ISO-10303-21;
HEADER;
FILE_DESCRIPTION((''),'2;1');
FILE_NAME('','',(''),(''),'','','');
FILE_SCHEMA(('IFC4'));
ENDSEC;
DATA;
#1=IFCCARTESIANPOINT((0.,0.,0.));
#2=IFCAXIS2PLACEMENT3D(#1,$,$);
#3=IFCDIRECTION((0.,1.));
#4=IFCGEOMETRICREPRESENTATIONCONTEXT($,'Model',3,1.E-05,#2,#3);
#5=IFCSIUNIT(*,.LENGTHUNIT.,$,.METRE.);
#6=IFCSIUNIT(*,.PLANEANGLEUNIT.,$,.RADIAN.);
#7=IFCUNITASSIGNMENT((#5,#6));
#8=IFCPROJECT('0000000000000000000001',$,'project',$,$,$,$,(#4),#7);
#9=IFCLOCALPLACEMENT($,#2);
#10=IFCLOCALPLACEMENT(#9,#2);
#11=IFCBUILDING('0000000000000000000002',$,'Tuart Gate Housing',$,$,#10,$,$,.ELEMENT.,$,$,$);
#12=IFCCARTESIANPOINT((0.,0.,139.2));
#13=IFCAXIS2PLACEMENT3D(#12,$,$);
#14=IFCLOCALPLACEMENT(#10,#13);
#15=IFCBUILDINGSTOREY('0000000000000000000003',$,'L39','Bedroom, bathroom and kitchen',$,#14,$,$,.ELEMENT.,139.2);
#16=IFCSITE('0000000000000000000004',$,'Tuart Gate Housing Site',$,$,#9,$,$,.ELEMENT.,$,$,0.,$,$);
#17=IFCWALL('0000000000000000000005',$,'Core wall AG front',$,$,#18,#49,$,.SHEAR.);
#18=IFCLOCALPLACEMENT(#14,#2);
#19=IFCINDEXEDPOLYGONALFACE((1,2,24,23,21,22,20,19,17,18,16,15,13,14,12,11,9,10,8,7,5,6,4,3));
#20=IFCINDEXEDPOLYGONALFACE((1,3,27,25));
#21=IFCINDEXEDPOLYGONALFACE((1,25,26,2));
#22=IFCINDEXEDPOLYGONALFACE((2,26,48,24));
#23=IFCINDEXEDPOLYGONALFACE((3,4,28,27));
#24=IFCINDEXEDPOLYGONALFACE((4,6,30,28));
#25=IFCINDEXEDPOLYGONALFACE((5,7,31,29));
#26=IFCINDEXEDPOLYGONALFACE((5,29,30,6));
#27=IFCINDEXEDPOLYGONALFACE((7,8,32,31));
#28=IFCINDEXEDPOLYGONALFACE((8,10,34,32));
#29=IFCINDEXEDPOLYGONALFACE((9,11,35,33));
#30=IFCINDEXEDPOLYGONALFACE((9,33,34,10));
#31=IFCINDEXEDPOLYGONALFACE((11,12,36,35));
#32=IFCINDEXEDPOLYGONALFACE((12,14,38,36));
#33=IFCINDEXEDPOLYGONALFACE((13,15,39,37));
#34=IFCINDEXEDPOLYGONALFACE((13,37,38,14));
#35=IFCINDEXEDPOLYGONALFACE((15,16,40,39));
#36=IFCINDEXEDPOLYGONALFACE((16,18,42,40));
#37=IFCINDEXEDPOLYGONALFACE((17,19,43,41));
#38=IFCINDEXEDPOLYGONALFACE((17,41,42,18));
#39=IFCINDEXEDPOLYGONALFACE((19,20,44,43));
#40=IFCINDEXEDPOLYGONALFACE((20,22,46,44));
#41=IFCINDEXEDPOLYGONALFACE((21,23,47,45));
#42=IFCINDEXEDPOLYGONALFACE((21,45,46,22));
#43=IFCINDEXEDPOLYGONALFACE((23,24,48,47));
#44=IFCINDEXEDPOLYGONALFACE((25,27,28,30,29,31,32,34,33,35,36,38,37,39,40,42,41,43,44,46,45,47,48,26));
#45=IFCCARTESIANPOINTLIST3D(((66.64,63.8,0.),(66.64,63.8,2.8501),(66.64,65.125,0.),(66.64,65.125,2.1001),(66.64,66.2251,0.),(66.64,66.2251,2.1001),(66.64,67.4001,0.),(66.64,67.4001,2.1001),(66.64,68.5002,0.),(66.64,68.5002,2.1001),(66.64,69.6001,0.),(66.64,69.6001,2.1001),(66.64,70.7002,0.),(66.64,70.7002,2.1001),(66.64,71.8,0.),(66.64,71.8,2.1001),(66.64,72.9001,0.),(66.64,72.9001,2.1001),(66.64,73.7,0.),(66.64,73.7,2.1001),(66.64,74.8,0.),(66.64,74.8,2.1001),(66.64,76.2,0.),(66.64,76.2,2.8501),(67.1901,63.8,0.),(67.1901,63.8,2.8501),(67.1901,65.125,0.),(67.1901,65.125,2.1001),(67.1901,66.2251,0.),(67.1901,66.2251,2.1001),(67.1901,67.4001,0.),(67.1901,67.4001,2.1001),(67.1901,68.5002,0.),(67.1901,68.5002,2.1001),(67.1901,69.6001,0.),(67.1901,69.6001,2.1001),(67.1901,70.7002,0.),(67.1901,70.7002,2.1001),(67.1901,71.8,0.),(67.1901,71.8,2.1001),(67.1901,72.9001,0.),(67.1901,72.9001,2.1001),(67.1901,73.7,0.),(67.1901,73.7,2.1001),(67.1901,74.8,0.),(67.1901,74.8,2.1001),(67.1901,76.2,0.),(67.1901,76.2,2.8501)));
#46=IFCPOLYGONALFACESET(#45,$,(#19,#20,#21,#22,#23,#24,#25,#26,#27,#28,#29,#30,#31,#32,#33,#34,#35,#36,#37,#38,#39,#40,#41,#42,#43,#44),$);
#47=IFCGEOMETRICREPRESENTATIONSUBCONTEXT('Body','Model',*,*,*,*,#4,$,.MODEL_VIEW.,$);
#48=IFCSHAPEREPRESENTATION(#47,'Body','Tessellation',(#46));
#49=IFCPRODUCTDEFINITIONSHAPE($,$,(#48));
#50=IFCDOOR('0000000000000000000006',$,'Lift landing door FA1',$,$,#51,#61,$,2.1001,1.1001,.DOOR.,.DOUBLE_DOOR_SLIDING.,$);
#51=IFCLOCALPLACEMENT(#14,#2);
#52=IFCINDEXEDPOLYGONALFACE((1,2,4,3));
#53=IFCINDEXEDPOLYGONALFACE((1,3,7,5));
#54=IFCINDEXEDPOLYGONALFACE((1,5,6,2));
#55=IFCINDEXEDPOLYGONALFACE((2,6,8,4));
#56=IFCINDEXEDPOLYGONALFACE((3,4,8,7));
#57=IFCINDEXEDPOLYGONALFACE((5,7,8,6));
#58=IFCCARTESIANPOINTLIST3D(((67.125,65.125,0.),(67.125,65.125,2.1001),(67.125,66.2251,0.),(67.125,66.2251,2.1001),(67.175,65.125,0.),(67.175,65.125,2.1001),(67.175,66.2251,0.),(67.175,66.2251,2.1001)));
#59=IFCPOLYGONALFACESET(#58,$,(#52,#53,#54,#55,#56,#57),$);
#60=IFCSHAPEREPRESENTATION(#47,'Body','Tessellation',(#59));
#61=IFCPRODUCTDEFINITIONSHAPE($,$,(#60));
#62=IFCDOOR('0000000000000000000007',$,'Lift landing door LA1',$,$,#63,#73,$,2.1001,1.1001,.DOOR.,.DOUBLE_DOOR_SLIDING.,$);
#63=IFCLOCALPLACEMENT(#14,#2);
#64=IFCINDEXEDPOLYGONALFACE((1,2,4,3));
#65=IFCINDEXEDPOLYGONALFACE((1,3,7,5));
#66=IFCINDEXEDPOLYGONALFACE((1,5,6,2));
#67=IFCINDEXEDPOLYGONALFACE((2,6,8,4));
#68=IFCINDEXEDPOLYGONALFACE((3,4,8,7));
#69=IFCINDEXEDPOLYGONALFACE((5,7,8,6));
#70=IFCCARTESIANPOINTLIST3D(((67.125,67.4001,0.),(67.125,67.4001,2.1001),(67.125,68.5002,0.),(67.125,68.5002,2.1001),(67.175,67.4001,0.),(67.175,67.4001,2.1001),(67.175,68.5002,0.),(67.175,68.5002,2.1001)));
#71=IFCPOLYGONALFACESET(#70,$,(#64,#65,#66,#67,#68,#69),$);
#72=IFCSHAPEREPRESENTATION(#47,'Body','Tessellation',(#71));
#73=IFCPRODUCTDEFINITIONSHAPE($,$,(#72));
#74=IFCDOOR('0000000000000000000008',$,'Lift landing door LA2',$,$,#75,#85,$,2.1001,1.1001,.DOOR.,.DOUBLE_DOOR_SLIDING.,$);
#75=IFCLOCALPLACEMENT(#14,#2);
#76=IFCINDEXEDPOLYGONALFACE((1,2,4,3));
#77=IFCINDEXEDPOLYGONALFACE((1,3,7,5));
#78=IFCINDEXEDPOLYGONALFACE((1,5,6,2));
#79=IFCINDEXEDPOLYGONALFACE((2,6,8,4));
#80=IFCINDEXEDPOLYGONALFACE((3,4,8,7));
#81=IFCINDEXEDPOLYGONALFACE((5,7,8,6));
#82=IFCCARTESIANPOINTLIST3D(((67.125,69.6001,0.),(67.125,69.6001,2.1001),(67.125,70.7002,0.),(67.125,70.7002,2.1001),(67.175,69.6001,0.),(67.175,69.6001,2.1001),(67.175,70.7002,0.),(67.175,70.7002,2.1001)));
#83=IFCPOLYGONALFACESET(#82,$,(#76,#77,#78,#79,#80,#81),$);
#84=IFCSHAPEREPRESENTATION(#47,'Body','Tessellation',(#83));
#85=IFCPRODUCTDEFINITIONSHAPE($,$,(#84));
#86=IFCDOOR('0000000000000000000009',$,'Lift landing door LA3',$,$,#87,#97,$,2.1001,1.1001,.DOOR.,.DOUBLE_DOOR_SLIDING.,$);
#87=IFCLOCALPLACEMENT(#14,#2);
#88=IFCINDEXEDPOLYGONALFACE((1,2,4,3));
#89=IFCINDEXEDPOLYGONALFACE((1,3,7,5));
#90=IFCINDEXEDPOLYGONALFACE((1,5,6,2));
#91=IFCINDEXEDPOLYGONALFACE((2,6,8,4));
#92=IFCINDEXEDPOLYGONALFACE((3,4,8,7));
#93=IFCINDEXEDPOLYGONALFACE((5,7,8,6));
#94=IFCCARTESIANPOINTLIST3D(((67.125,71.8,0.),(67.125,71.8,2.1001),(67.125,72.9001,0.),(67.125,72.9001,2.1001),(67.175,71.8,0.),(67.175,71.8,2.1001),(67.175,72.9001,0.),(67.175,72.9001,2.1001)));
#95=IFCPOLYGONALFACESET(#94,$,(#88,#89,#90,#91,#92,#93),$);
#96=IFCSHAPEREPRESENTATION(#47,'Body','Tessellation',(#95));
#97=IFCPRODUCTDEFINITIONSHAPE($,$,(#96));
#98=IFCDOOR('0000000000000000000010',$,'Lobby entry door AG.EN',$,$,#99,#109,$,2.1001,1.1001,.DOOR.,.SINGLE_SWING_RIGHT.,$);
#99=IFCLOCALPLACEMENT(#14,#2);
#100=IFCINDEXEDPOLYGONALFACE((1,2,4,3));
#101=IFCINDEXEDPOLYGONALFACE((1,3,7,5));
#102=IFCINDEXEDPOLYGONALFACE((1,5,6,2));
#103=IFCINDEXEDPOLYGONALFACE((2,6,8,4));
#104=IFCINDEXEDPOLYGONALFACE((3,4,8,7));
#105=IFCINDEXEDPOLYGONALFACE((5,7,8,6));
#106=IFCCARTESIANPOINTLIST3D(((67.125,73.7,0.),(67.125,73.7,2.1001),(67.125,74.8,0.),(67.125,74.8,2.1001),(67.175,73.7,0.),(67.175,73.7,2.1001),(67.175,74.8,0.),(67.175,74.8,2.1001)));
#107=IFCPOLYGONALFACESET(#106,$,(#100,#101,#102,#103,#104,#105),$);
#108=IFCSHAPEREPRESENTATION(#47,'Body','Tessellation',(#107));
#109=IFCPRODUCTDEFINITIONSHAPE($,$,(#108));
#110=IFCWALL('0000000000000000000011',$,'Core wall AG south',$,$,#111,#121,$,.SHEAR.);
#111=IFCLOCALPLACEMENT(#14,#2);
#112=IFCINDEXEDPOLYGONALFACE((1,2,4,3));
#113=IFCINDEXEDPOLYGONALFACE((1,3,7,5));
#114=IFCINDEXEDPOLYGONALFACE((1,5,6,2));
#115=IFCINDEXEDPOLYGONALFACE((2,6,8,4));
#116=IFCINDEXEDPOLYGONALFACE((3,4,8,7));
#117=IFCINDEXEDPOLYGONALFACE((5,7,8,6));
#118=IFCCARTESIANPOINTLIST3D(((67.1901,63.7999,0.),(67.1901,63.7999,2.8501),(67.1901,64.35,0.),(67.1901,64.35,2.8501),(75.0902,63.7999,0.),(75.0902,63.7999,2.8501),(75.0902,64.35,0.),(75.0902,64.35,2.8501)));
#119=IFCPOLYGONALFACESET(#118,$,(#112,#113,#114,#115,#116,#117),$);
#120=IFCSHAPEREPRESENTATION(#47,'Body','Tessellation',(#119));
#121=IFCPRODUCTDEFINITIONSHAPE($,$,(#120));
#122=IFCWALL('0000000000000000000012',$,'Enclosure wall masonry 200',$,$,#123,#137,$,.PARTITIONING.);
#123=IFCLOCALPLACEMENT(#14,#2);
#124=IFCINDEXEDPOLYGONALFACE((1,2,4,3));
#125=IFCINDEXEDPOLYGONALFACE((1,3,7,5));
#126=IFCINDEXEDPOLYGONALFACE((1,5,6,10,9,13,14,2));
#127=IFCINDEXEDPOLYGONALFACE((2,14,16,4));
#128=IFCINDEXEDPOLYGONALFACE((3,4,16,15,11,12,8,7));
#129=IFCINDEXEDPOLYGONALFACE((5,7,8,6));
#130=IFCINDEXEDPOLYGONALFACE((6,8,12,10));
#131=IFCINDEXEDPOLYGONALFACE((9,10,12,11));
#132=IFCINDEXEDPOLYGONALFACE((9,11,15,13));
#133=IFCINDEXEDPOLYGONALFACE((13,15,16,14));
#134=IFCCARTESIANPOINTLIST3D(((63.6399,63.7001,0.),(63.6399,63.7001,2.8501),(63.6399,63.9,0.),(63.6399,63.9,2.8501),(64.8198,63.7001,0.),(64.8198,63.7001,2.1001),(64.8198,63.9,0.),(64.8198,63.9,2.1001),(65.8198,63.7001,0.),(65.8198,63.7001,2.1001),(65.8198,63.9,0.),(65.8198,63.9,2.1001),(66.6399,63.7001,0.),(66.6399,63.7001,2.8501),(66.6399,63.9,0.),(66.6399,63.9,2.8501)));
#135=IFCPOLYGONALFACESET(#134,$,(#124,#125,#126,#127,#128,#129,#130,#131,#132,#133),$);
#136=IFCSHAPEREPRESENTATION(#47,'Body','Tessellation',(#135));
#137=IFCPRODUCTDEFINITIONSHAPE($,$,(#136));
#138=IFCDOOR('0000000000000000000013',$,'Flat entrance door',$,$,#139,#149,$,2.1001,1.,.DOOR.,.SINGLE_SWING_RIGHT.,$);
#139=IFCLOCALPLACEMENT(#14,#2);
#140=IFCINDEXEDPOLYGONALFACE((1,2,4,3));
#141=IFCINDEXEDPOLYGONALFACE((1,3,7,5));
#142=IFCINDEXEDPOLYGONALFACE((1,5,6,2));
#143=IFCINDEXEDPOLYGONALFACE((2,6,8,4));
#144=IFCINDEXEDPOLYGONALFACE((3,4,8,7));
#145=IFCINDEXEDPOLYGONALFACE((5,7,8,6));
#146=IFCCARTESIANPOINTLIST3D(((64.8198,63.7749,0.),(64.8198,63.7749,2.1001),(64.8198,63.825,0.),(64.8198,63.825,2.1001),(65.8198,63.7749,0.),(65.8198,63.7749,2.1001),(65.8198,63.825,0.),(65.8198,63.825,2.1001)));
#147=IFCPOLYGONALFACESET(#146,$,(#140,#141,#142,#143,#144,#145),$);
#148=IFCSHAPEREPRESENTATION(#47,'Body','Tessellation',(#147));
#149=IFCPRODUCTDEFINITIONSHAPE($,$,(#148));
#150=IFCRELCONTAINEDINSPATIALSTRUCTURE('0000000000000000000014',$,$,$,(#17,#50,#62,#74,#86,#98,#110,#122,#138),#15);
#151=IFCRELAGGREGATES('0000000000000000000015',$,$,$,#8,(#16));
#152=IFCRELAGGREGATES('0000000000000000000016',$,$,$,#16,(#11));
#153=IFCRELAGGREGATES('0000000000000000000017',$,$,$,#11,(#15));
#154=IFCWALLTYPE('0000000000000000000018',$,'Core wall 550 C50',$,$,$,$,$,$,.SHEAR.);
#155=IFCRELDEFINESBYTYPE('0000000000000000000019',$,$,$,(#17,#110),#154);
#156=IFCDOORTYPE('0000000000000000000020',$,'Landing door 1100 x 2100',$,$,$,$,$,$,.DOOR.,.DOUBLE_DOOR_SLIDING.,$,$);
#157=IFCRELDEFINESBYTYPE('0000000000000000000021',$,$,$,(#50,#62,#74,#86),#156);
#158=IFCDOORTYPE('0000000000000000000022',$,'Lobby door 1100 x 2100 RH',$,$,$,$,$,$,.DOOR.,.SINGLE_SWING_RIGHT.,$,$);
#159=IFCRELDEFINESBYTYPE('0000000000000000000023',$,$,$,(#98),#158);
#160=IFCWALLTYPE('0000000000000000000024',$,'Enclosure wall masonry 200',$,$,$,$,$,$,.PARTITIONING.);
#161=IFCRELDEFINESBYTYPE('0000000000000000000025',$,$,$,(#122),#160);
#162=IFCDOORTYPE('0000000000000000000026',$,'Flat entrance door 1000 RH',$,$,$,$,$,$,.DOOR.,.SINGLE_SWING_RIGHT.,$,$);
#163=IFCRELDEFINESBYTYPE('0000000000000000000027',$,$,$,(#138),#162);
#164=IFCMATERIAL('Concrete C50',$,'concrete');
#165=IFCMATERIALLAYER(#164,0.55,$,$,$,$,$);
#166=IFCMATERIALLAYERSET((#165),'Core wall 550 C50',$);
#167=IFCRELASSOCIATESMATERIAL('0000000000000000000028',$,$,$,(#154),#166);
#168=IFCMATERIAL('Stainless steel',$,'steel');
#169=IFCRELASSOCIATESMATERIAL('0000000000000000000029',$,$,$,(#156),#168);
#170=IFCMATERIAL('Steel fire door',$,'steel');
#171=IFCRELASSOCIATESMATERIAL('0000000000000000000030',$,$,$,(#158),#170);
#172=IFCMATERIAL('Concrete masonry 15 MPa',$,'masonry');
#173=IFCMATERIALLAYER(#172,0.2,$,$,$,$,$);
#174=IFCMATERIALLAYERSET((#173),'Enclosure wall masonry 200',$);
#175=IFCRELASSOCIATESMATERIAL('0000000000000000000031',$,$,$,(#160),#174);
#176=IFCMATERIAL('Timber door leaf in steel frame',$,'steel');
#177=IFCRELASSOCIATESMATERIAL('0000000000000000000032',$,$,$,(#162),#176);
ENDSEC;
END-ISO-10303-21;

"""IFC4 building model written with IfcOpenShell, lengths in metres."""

from ifc_helpers import new_model, si_unit, direction, frame, frame_2d, origin, place, context, subcontext, project, spatial, rectangle, extrude, material, layer, layer_set, type_object, element, fill, save


model = new_model("IFC4")

# Units and contexts
model_context = context("Model", 3, precision=1e-05, world=origin(), true_north=direction((0.0, 1.0)))
body_context = subcontext(model_context, "Body", "Model", "MODEL_VIEW")
ifc_project = project(units=[si_unit("LENGTHUNIT", "METRE"), si_unit("PLANEANGLEUNIT", "RADIAN")], contexts=[model_context])

# Site, building, storey
site_placement = place(None, origin())
site = spatial("IfcSite", under=ifc_project, at=site_placement, Name="Tuart Gate Housing Site", CompositionType="ELEMENT", RefElevation=0.0)
building_placement = place(site_placement, origin())
building = spatial("IfcBuilding", under=site, at=building_placement, Name="Tuart Gate Housing", CompositionType="ELEMENT")
storey_placement = place(building_placement, frame((0.0, 0.0, 139.2)))
storey = spatial("IfcBuildingStorey", under=building, at=storey_placement, Name="L39", Description="Bedroom, bathroom and kitchen", CompositionType="ELEMENT", Elevation=139.2)

# Wall, openings, doors
ifc_material_1 = material(Name="Concrete C50", Category="concrete")
ifc_layer_1 = layer(ifc_material_1, 0.55)
ifc_layer_set_1 = layer_set([ifc_layer_1], Name="Core wall 550 C50")
wall_type_1 = type_object("IfcWallType", Name="Core wall 550 C50", PredefinedType="SHEAR", material=ifc_layer_set_1)
wall_1_placement = place(storey_placement, frame((66.915, 63.8, 0.0), z_axis=(0.0, 0.0, 1.0), x_axis=(0.0, 1.0, 0.0)))
wall_1 = element("IfcWall", 1, at=wall_1_placement, inside=storey, type_object=wall_type_1, Name="Core wall AG front", PredefinedType="SHEAR", context=body_context, shape_type="SweptSolid", body=[
    extrude(rectangle(XDim=12.3999, YDim=0.55, at=frame_2d((6.2, 0.0))), origin(), (0.0, 0.0, 1.0), 2.8501),
])
opening_1_placement = place(wall_1_placement, frame((1.325, 0.0, 0.0)))
opening_1 = element("IfcOpeningElement", 2, at=opening_1_placement, cuts=wall_1, PredefinedType="OPENING", context=body_context, shape_type="SweptSolid", body=[
    extrude(rectangle(XDim=1.1001, YDim=2.1001, at=frame_2d((0.55, 1.05))), frame((0.0, 0.2849, 0.0), z_axis=(0.0, -1.0, 0.0), x_axis=(1.0, 0.0, 0.0)), (0.0, 0.0, 1.0), 0.5701),
])
opening_2_placement = place(wall_1_placement, frame((3.6001, 0.0, 0.0)))
opening_2 = element("IfcOpeningElement", 3, at=opening_2_placement, cuts=wall_1, PredefinedType="OPENING", context=body_context, shape_type="SweptSolid", body=[
    extrude(rectangle(XDim=1.1001, YDim=2.1001, at=frame_2d((0.55, 1.05))), frame((0.0, 0.2849, 0.0), z_axis=(0.0, -1.0, 0.0), x_axis=(1.0, 0.0, 0.0)), (0.0, 0.0, 1.0), 0.5701),
])
opening_3_placement = place(wall_1_placement, frame((5.8, 0.0, 0.0)))
opening_3 = element("IfcOpeningElement", 4, at=opening_3_placement, cuts=wall_1, PredefinedType="OPENING", context=body_context, shape_type="SweptSolid", body=[
    extrude(rectangle(XDim=1.1001, YDim=2.1001, at=frame_2d((0.55, 1.05))), frame((0.0, 0.2849, 0.0), z_axis=(0.0, -1.0, 0.0), x_axis=(1.0, 0.0, 0.0)), (0.0, 0.0, 1.0), 0.5701),
])
opening_4_placement = place(wall_1_placement, frame((8.0, 0.0, 0.0)))
opening_4 = element("IfcOpeningElement", 5, at=opening_4_placement, cuts=wall_1, PredefinedType="OPENING", context=body_context, shape_type="SweptSolid", body=[
    extrude(rectangle(XDim=1.1001, YDim=2.1001, at=frame_2d((0.55, 1.05))), frame((0.0, 0.2849, 0.0), z_axis=(0.0, -1.0, 0.0), x_axis=(1.0, 0.0, 0.0)), (0.0, 0.0, 1.0), 0.5701),
])
opening_5_placement = place(wall_1_placement, frame((9.8999, 0.0, 0.0)))
opening_5 = element("IfcOpeningElement", 6, at=opening_5_placement, cuts=wall_1, PredefinedType="OPENING", context=body_context, shape_type="SweptSolid", body=[
    extrude(rectangle(XDim=1.1001, YDim=2.1001, at=frame_2d((0.55, 1.05))), frame((0.0, 0.2849, 0.0), z_axis=(0.0, -1.0, 0.0), x_axis=(1.0, 0.0, 0.0)), (0.0, 0.0, 1.0), 0.5701),
])
ifc_material_2 = material(Name="Stainless steel", Category="steel")
door_type_1 = type_object("IfcDoorType", Name="Landing door 1100 x 2100", OperationType="DOUBLE_DOOR_SLIDING", PredefinedType="DOOR", material=ifc_material_2)
door_1_placement = place(opening_1_placement, origin())
door_1 = element("IfcDoor", 7, at=door_1_placement, inside=storey, type_object=door_type_1, Name="Lift landing door FA1", OperationType="DOUBLE_DOOR_SLIDING", OverallHeight=2.1001, OverallWidth=1.1001, PredefinedType="DOOR", context=body_context, shape_type="SweptSolid", body=[
    extrude(rectangle(XDim=1.1001, YDim=2.1001, at=frame_2d((0.55, 1.05))), frame((0.0, -0.21, 0.0), z_axis=(0.0, -1.0, 0.0), x_axis=(1.0, 0.0, 0.0)), (0.0, 0.0, 1.0), 0.05),
])
fill(opening_1, door_1)
door_2_placement = place(opening_2_placement, origin())
door_2 = element("IfcDoor", 8, at=door_2_placement, inside=storey, type_object=door_type_1, Name="Lift landing door LA1", OperationType="DOUBLE_DOOR_SLIDING", OverallHeight=2.1001, OverallWidth=1.1001, PredefinedType="DOOR", context=body_context, shape_type="SweptSolid", body=[
    extrude(rectangle(XDim=1.1001, YDim=2.1001, at=frame_2d((0.55, 1.05))), frame((0.0, -0.21, 0.0), z_axis=(0.0, -1.0, 0.0), x_axis=(1.0, 0.0, 0.0)), (0.0, 0.0, 1.0), 0.05),
])
fill(opening_2, door_2)
door_3_placement = place(opening_3_placement, origin())
door_3 = element("IfcDoor", 9, at=door_3_placement, inside=storey, type_object=door_type_1, Name="Lift landing door LA2", OperationType="DOUBLE_DOOR_SLIDING", OverallHeight=2.1001, OverallWidth=1.1001, PredefinedType="DOOR", context=body_context, shape_type="SweptSolid", body=[
    extrude(rectangle(XDim=1.1001, YDim=2.1001, at=frame_2d((0.55, 1.05))), frame((0.0, -0.21, 0.0), z_axis=(0.0, -1.0, 0.0), x_axis=(1.0, 0.0, 0.0)), (0.0, 0.0, 1.0), 0.05),
])
fill(opening_3, door_3)
door_4_placement = place(opening_4_placement, origin())
door_4 = element("IfcDoor", 10, at=door_4_placement, inside=storey, type_object=door_type_1, Name="Lift landing door LA3", OperationType="DOUBLE_DOOR_SLIDING", OverallHeight=2.1001, OverallWidth=1.1001, PredefinedType="DOOR", context=body_context, shape_type="SweptSolid", body=[
    extrude(rectangle(XDim=1.1001, YDim=2.1001, at=frame_2d((0.55, 1.05))), frame((0.0, -0.21, 0.0), z_axis=(0.0, -1.0, 0.0), x_axis=(1.0, 0.0, 0.0)), (0.0, 0.0, 1.0), 0.05),
])
fill(opening_4, door_4)
ifc_material_3 = material(Name="Steel fire door", Category="steel")
door_type_2 = type_object("IfcDoorType", Name="Lobby door 1100 x 2100 RH", OperationType="SINGLE_SWING_RIGHT", PredefinedType="DOOR", material=ifc_material_3)
door_5_placement = place(opening_5_placement, frame((1.1001, 0.0, 0.0), z_axis=(0.0, 0.0, 1.0), x_axis=(-1.0, 0.0, 0.0)))
door_5 = element("IfcDoor", 11, at=door_5_placement, inside=storey, type_object=door_type_2, Name="Lobby entry door AG.EN", OperationType="SINGLE_SWING_RIGHT", OverallHeight=2.1001, OverallWidth=1.1001, PredefinedType="DOOR", context=body_context, shape_type="SweptSolid", body=[
    extrude(rectangle(XDim=1.1001, YDim=2.1001, at=frame_2d((0.55, 1.05))), frame((0.0, 0.26, 0.0), z_axis=(0.0, -1.0, 0.0), x_axis=(1.0, 0.0, 0.0)), (0.0, 0.0, 1.0), 0.05),
])
fill(opening_5, door_5)

# Wall
wall_2_placement = place(storey_placement, frame((67.1899, 64.075, 0.0), z_axis=(0.0, 0.0, 1.0), x_axis=(1.0, 0.0, 0.0)))
element("IfcWall", 12, at=wall_2_placement, inside=storey, type_object=wall_type_1, Name="Core wall AG south", PredefinedType="SHEAR", context=body_context, shape_type="SweptSolid", body=[
    extrude(rectangle(XDim=7.9001, YDim=0.55, at=frame_2d((3.9502, 0.0))), origin(), (0.0, 0.0, 1.0), 2.8501),
])

# Wall, opening, door
ifc_material_4 = material(Name="Concrete masonry 15 MPa", Category="masonry")
ifc_layer_2 = layer(ifc_material_4, 0.2)
ifc_layer_set_2 = layer_set([ifc_layer_2], Name="Enclosure wall masonry 200")
wall_type_2 = type_object("IfcWallType", Name="Enclosure wall masonry 200", PredefinedType="PARTITIONING", material=ifc_layer_set_2)
wall_3_placement = place(storey_placement, frame((63.6399, 63.8, 0.0), z_axis=(0.0, 0.0, 1.0), x_axis=(1.0, 0.0, 0.0)))
wall_3 = element("IfcWall", 13, at=wall_3_placement, inside=storey, type_object=wall_type_2, Name="Enclosure wall masonry 200", PredefinedType="PARTITIONING", context=body_context, shape_type="SweptSolid", body=[
    extrude(rectangle(XDim=3.0, YDim=0.2, at=frame_2d((1.5, 0.0))), origin(), (0.0, 0.0, 1.0), 2.8501),
])
opening_6_placement = place(wall_3_placement, frame((1.1799, 0.0, 0.0)))
opening_6 = element("IfcOpeningElement", 14, at=opening_6_placement, cuts=wall_3, PredefinedType="OPENING", context=body_context, shape_type="SweptSolid", body=[
    extrude(rectangle(XDim=1.0, YDim=2.1001, at=frame_2d((0.5, 1.05))), frame((0.0, 0.1099, 0.0), z_axis=(0.0, -1.0, 0.0), x_axis=(1.0, 0.0, 0.0)), (0.0, 0.0, 1.0), 0.22),
])
ifc_material_5 = material(Name="Timber door leaf in steel frame", Category="steel")
door_type_3 = type_object("IfcDoorType", Name="Flat entrance door 1000 RH", OperationType="SINGLE_SWING_RIGHT", PredefinedType="DOOR", material=ifc_material_5)
door_6_placement = place(opening_6_placement, frame((1.0, 0.0, 0.0), z_axis=(0.0, 0.0, 1.0), x_axis=(-1.0, 0.0, 0.0)))
door_6 = element("IfcDoor", 15, at=door_6_placement, inside=storey, type_object=door_type_3, Name="Flat entrance door", OperationType="SINGLE_SWING_RIGHT", OverallHeight=2.1001, OverallWidth=1.0, PredefinedType="DOOR", context=body_context, shape_type="SweptSolid", body=[
    extrude(rectangle(XDim=1.0, YDim=2.1001, at=frame_2d((0.5, 1.05))), frame((0.0, 0.0251, 0.0), z_axis=(0.0, -1.0, 0.0), x_axis=(1.0, 0.0, 0.0)), (0.0, 0.0, 1.0), 0.05),
])
fill(opening_6, door_6)

save(model, "model.ifc")
